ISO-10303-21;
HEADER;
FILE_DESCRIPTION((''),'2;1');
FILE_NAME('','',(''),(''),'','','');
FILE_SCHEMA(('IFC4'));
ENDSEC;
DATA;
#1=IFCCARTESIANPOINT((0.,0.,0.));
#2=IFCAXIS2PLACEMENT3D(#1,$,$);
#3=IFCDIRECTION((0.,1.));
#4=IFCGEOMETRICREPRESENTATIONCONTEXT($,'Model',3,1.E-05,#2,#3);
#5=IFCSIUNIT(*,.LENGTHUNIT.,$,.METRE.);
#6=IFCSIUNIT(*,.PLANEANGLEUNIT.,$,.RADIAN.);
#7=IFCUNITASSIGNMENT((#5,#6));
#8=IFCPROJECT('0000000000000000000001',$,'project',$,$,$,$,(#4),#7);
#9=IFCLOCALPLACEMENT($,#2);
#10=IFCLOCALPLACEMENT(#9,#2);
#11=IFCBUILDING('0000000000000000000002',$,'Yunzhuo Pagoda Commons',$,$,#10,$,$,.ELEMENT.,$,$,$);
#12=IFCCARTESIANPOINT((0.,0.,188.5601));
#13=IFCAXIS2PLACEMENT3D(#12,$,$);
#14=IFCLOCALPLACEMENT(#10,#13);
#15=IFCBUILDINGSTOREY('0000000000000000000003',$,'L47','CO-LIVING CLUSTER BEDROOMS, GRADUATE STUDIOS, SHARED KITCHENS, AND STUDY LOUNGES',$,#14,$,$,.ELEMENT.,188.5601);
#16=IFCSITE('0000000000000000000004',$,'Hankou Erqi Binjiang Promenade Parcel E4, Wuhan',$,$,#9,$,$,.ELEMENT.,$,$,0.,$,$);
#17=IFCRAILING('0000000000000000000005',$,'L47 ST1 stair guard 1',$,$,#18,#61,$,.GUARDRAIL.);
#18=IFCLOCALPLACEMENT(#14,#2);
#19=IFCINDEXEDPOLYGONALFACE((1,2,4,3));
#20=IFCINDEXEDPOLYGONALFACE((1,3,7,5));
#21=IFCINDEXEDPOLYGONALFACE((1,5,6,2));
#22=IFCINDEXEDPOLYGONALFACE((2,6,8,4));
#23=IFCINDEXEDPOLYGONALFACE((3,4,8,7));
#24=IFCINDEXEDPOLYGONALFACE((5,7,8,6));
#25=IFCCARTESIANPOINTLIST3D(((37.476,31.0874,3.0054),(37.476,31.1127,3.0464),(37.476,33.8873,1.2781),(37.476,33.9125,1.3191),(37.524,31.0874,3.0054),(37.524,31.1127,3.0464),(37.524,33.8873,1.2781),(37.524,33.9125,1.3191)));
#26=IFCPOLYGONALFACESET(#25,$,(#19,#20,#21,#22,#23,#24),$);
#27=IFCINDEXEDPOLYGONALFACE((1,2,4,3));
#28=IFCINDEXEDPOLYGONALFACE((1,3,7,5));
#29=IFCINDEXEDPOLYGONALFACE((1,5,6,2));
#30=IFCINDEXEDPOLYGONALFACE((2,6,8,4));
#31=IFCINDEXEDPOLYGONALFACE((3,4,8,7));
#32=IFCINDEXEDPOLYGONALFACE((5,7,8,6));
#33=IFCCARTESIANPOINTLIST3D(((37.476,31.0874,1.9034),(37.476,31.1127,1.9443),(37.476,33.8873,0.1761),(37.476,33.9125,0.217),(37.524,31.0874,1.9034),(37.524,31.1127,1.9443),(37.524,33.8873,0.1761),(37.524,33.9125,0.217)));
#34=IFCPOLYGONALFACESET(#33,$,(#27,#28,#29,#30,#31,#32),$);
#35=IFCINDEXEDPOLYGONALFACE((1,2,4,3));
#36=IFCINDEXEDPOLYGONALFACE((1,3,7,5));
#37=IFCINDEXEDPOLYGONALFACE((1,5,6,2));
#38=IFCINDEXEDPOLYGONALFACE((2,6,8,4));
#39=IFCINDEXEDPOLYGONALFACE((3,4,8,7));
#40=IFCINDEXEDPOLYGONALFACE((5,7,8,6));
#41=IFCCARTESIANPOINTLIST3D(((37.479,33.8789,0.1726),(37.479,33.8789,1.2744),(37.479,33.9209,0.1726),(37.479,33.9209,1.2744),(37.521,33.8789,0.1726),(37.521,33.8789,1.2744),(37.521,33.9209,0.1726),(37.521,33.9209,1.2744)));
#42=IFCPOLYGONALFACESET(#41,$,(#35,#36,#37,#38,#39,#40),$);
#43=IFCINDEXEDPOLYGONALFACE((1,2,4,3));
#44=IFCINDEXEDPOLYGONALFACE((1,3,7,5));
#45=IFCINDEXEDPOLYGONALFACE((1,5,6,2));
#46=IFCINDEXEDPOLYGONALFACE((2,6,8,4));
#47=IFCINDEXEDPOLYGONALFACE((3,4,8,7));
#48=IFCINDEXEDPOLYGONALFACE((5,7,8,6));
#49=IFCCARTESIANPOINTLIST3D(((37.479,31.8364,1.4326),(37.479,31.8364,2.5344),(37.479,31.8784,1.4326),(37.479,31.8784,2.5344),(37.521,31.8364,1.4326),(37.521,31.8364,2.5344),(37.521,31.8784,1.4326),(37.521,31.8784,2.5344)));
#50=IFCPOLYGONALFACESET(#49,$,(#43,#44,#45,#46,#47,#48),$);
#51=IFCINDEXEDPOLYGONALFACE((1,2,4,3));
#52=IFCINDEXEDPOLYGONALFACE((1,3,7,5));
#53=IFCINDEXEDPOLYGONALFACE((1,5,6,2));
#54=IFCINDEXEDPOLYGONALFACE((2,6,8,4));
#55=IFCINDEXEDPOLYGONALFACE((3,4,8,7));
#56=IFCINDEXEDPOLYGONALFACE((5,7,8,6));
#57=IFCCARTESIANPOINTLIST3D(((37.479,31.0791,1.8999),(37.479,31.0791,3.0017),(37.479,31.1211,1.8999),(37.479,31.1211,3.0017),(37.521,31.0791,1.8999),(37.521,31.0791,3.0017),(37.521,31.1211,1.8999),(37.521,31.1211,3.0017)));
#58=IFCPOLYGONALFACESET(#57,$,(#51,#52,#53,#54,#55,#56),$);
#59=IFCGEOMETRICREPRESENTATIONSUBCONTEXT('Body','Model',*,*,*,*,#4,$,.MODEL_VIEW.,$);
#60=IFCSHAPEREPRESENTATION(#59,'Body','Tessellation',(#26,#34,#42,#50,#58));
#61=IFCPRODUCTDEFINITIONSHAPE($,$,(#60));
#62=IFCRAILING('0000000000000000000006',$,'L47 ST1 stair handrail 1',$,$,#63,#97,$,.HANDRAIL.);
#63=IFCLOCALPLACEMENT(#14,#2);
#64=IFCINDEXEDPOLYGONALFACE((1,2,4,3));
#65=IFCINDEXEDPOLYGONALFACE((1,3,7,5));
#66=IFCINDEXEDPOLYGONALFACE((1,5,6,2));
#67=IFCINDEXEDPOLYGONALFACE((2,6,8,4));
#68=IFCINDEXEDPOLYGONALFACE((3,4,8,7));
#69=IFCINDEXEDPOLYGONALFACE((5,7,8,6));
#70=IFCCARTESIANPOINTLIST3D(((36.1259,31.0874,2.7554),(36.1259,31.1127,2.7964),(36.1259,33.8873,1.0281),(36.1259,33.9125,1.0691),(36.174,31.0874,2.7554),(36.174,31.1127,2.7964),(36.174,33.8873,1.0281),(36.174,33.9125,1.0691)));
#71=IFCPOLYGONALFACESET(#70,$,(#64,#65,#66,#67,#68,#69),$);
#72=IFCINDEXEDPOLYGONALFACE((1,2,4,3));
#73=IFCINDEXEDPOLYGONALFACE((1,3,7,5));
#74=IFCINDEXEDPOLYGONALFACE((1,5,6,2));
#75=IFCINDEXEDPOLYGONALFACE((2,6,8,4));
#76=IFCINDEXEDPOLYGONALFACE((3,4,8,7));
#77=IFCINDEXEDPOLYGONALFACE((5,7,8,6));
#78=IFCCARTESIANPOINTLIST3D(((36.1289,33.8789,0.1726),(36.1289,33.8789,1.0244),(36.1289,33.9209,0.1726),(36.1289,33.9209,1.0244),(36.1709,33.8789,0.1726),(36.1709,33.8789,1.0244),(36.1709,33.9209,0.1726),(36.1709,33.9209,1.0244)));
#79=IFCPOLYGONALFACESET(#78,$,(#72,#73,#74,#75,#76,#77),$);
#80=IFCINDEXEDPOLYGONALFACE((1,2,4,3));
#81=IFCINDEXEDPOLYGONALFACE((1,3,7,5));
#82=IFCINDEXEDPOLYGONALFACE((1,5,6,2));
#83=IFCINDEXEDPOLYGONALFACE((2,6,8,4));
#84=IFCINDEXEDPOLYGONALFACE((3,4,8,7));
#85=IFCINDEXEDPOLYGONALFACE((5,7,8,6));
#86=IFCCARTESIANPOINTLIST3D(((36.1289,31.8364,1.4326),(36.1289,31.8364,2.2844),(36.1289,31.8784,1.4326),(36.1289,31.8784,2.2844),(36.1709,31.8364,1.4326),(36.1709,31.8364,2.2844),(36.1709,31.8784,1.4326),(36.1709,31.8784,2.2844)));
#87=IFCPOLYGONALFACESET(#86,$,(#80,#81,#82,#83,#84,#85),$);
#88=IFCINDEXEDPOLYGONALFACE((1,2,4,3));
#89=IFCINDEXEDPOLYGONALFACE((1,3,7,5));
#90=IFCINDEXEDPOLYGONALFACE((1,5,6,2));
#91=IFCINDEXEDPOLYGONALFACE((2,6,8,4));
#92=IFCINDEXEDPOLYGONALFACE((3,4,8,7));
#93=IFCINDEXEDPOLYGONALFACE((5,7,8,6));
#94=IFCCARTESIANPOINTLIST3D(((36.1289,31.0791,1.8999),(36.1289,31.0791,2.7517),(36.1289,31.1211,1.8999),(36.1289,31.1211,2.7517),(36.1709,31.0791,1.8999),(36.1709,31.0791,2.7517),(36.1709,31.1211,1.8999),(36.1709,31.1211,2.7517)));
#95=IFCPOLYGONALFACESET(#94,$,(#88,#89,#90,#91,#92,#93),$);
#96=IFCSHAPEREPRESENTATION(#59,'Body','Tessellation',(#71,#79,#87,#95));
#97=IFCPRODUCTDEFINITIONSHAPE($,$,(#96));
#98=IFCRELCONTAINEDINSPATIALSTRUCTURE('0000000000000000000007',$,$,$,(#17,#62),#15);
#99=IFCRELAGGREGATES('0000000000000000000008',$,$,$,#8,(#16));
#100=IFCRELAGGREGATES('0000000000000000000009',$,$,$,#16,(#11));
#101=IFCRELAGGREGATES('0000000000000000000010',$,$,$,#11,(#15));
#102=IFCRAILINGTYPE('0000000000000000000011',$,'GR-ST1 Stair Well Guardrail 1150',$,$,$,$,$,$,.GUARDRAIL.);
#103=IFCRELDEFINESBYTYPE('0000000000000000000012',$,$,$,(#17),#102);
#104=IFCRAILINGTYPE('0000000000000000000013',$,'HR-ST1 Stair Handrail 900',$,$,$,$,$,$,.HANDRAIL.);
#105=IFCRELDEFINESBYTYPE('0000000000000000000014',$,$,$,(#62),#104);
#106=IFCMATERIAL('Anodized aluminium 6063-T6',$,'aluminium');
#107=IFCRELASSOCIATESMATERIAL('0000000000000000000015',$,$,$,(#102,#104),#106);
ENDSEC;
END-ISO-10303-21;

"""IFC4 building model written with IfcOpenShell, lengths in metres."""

from ifc_helpers import new_model, si_unit, direction, frame, origin, origin_2d, place, context, subcontext, project, spatial, rectangle, extrude, material, type_object, element, save


model = new_model("IFC4")

# Units and contexts
model_context = context("Model", 3, precision=1e-05, world=origin(), true_north=direction((0.0, 1.0)))
body_context = subcontext(model_context, "Body", "Model", "MODEL_VIEW")
ifc_project = project(units=[si_unit("LENGTHUNIT", "METRE"), si_unit("PLANEANGLEUNIT", "RADIAN")], contexts=[model_context])

# Site, building, storey
site_placement = place(None, origin())
site = spatial("IfcSite", under=ifc_project, at=site_placement, Name="Hankou Erqi Binjiang Promenade Parcel E4, Wuhan", CompositionType="ELEMENT", RefElevation=0.0)
building_placement = place(site_placement, origin())
building = spatial("IfcBuilding", under=site, at=building_placement, Name="Yunzhuo Pagoda Commons", CompositionType="ELEMENT")
storey_placement = place(building_placement, frame((0.0, 0.0, 188.5601)))
storey = spatial("IfcBuildingStorey", under=building, at=storey_placement, Name="L47", Description="CO-LIVING CLUSTER BEDROOMS, GRADUATE STUDIOS, SHARED KITCHENS, AND STUDY LOUNGES", CompositionType="ELEMENT", Elevation=188.5601)

# Railings
ifc_material_1 = material(Name="Anodized aluminium 6063-T6", Category="aluminium")
railing_type_1 = type_object("IfcRailingType", Name="GR-ST1 Stair Well Guardrail 1150", PredefinedType="GUARDRAIL", material=ifc_material_1)
railing_1_placement = place(storey_placement, frame((37.5, 33.8999, 0.1726)))
element("IfcRailing", 1, at=railing_1_placement, inside=storey, type_object=railing_type_1, Name="L47 ST1 stair guard 1", PredefinedType="GUARDRAIL", context=body_context, shape_type="SweptSolid", body=[
    extrude(rectangle(XDim=0.0481, YDim=0.0481, at=origin_2d()), frame((0.0, 0.0, 1.126), z_axis=(0.0, -0.851069, 0.525054), x_axis=(1.0, 0.0, 0.0)), (0.0, 0.0, 1.0), 3.2898),
    extrude(rectangle(XDim=0.0481, YDim=0.0481, at=origin_2d()), frame((0.0, 0.0, 0.0239), z_axis=(0.0, -0.851069, 0.525054), x_axis=(1.0, 0.0, 0.0)), (0.0, 0.0, 1.0), 3.2898),
    extrude(rectangle(XDim=0.042, YDim=0.042, at=origin_2d()), origin(), (0.0, 0.0, 1.0), 1.1018),
    extrude(rectangle(XDim=0.042, YDim=0.042, at=origin_2d()), frame((0.0, -2.0425, 1.26)), (0.0, 0.0, 1.0), 1.1018),
    extrude(rectangle(XDim=0.042, YDim=0.042, at=origin_2d()), frame((0.0, -2.7998, 1.7273)), (0.0, 0.0, 1.0), 1.1018),
])
railing_type_2 = type_object("IfcRailingType", Name="HR-ST1 Stair Handrail 900", PredefinedType="HANDRAIL", material=ifc_material_1)
railing_2_placement = place(storey_placement, frame((36.1499, 33.8999, 0.1726)))
element("IfcRailing", 2, at=railing_2_placement, inside=storey, type_object=railing_type_2, Name="L47 ST1 stair handrail 1", PredefinedType="HANDRAIL", context=body_context, shape_type="SweptSolid", body=[
    extrude(rectangle(XDim=0.0481, YDim=0.0481, at=origin_2d()), frame((0.0, 0.0, 0.876), z_axis=(0.0, -0.851069, 0.525054), x_axis=(1.0, 0.0, 0.0)), (0.0, 0.0, 1.0), 3.2898),
    extrude(rectangle(XDim=0.042, YDim=0.042, at=origin_2d()), origin(), (0.0, 0.0, 1.0), 0.8518),
    extrude(rectangle(XDim=0.042, YDim=0.042, at=origin_2d()), frame((0.0, -2.0425, 1.26)), (0.0, 0.0, 1.0), 0.8518),
    extrude(rectangle(XDim=0.042, YDim=0.042, at=origin_2d()), frame((0.0, -2.7998, 1.7273)), (0.0, 0.0, 1.0), 0.8518),
])

save(model, "model.ifc")
